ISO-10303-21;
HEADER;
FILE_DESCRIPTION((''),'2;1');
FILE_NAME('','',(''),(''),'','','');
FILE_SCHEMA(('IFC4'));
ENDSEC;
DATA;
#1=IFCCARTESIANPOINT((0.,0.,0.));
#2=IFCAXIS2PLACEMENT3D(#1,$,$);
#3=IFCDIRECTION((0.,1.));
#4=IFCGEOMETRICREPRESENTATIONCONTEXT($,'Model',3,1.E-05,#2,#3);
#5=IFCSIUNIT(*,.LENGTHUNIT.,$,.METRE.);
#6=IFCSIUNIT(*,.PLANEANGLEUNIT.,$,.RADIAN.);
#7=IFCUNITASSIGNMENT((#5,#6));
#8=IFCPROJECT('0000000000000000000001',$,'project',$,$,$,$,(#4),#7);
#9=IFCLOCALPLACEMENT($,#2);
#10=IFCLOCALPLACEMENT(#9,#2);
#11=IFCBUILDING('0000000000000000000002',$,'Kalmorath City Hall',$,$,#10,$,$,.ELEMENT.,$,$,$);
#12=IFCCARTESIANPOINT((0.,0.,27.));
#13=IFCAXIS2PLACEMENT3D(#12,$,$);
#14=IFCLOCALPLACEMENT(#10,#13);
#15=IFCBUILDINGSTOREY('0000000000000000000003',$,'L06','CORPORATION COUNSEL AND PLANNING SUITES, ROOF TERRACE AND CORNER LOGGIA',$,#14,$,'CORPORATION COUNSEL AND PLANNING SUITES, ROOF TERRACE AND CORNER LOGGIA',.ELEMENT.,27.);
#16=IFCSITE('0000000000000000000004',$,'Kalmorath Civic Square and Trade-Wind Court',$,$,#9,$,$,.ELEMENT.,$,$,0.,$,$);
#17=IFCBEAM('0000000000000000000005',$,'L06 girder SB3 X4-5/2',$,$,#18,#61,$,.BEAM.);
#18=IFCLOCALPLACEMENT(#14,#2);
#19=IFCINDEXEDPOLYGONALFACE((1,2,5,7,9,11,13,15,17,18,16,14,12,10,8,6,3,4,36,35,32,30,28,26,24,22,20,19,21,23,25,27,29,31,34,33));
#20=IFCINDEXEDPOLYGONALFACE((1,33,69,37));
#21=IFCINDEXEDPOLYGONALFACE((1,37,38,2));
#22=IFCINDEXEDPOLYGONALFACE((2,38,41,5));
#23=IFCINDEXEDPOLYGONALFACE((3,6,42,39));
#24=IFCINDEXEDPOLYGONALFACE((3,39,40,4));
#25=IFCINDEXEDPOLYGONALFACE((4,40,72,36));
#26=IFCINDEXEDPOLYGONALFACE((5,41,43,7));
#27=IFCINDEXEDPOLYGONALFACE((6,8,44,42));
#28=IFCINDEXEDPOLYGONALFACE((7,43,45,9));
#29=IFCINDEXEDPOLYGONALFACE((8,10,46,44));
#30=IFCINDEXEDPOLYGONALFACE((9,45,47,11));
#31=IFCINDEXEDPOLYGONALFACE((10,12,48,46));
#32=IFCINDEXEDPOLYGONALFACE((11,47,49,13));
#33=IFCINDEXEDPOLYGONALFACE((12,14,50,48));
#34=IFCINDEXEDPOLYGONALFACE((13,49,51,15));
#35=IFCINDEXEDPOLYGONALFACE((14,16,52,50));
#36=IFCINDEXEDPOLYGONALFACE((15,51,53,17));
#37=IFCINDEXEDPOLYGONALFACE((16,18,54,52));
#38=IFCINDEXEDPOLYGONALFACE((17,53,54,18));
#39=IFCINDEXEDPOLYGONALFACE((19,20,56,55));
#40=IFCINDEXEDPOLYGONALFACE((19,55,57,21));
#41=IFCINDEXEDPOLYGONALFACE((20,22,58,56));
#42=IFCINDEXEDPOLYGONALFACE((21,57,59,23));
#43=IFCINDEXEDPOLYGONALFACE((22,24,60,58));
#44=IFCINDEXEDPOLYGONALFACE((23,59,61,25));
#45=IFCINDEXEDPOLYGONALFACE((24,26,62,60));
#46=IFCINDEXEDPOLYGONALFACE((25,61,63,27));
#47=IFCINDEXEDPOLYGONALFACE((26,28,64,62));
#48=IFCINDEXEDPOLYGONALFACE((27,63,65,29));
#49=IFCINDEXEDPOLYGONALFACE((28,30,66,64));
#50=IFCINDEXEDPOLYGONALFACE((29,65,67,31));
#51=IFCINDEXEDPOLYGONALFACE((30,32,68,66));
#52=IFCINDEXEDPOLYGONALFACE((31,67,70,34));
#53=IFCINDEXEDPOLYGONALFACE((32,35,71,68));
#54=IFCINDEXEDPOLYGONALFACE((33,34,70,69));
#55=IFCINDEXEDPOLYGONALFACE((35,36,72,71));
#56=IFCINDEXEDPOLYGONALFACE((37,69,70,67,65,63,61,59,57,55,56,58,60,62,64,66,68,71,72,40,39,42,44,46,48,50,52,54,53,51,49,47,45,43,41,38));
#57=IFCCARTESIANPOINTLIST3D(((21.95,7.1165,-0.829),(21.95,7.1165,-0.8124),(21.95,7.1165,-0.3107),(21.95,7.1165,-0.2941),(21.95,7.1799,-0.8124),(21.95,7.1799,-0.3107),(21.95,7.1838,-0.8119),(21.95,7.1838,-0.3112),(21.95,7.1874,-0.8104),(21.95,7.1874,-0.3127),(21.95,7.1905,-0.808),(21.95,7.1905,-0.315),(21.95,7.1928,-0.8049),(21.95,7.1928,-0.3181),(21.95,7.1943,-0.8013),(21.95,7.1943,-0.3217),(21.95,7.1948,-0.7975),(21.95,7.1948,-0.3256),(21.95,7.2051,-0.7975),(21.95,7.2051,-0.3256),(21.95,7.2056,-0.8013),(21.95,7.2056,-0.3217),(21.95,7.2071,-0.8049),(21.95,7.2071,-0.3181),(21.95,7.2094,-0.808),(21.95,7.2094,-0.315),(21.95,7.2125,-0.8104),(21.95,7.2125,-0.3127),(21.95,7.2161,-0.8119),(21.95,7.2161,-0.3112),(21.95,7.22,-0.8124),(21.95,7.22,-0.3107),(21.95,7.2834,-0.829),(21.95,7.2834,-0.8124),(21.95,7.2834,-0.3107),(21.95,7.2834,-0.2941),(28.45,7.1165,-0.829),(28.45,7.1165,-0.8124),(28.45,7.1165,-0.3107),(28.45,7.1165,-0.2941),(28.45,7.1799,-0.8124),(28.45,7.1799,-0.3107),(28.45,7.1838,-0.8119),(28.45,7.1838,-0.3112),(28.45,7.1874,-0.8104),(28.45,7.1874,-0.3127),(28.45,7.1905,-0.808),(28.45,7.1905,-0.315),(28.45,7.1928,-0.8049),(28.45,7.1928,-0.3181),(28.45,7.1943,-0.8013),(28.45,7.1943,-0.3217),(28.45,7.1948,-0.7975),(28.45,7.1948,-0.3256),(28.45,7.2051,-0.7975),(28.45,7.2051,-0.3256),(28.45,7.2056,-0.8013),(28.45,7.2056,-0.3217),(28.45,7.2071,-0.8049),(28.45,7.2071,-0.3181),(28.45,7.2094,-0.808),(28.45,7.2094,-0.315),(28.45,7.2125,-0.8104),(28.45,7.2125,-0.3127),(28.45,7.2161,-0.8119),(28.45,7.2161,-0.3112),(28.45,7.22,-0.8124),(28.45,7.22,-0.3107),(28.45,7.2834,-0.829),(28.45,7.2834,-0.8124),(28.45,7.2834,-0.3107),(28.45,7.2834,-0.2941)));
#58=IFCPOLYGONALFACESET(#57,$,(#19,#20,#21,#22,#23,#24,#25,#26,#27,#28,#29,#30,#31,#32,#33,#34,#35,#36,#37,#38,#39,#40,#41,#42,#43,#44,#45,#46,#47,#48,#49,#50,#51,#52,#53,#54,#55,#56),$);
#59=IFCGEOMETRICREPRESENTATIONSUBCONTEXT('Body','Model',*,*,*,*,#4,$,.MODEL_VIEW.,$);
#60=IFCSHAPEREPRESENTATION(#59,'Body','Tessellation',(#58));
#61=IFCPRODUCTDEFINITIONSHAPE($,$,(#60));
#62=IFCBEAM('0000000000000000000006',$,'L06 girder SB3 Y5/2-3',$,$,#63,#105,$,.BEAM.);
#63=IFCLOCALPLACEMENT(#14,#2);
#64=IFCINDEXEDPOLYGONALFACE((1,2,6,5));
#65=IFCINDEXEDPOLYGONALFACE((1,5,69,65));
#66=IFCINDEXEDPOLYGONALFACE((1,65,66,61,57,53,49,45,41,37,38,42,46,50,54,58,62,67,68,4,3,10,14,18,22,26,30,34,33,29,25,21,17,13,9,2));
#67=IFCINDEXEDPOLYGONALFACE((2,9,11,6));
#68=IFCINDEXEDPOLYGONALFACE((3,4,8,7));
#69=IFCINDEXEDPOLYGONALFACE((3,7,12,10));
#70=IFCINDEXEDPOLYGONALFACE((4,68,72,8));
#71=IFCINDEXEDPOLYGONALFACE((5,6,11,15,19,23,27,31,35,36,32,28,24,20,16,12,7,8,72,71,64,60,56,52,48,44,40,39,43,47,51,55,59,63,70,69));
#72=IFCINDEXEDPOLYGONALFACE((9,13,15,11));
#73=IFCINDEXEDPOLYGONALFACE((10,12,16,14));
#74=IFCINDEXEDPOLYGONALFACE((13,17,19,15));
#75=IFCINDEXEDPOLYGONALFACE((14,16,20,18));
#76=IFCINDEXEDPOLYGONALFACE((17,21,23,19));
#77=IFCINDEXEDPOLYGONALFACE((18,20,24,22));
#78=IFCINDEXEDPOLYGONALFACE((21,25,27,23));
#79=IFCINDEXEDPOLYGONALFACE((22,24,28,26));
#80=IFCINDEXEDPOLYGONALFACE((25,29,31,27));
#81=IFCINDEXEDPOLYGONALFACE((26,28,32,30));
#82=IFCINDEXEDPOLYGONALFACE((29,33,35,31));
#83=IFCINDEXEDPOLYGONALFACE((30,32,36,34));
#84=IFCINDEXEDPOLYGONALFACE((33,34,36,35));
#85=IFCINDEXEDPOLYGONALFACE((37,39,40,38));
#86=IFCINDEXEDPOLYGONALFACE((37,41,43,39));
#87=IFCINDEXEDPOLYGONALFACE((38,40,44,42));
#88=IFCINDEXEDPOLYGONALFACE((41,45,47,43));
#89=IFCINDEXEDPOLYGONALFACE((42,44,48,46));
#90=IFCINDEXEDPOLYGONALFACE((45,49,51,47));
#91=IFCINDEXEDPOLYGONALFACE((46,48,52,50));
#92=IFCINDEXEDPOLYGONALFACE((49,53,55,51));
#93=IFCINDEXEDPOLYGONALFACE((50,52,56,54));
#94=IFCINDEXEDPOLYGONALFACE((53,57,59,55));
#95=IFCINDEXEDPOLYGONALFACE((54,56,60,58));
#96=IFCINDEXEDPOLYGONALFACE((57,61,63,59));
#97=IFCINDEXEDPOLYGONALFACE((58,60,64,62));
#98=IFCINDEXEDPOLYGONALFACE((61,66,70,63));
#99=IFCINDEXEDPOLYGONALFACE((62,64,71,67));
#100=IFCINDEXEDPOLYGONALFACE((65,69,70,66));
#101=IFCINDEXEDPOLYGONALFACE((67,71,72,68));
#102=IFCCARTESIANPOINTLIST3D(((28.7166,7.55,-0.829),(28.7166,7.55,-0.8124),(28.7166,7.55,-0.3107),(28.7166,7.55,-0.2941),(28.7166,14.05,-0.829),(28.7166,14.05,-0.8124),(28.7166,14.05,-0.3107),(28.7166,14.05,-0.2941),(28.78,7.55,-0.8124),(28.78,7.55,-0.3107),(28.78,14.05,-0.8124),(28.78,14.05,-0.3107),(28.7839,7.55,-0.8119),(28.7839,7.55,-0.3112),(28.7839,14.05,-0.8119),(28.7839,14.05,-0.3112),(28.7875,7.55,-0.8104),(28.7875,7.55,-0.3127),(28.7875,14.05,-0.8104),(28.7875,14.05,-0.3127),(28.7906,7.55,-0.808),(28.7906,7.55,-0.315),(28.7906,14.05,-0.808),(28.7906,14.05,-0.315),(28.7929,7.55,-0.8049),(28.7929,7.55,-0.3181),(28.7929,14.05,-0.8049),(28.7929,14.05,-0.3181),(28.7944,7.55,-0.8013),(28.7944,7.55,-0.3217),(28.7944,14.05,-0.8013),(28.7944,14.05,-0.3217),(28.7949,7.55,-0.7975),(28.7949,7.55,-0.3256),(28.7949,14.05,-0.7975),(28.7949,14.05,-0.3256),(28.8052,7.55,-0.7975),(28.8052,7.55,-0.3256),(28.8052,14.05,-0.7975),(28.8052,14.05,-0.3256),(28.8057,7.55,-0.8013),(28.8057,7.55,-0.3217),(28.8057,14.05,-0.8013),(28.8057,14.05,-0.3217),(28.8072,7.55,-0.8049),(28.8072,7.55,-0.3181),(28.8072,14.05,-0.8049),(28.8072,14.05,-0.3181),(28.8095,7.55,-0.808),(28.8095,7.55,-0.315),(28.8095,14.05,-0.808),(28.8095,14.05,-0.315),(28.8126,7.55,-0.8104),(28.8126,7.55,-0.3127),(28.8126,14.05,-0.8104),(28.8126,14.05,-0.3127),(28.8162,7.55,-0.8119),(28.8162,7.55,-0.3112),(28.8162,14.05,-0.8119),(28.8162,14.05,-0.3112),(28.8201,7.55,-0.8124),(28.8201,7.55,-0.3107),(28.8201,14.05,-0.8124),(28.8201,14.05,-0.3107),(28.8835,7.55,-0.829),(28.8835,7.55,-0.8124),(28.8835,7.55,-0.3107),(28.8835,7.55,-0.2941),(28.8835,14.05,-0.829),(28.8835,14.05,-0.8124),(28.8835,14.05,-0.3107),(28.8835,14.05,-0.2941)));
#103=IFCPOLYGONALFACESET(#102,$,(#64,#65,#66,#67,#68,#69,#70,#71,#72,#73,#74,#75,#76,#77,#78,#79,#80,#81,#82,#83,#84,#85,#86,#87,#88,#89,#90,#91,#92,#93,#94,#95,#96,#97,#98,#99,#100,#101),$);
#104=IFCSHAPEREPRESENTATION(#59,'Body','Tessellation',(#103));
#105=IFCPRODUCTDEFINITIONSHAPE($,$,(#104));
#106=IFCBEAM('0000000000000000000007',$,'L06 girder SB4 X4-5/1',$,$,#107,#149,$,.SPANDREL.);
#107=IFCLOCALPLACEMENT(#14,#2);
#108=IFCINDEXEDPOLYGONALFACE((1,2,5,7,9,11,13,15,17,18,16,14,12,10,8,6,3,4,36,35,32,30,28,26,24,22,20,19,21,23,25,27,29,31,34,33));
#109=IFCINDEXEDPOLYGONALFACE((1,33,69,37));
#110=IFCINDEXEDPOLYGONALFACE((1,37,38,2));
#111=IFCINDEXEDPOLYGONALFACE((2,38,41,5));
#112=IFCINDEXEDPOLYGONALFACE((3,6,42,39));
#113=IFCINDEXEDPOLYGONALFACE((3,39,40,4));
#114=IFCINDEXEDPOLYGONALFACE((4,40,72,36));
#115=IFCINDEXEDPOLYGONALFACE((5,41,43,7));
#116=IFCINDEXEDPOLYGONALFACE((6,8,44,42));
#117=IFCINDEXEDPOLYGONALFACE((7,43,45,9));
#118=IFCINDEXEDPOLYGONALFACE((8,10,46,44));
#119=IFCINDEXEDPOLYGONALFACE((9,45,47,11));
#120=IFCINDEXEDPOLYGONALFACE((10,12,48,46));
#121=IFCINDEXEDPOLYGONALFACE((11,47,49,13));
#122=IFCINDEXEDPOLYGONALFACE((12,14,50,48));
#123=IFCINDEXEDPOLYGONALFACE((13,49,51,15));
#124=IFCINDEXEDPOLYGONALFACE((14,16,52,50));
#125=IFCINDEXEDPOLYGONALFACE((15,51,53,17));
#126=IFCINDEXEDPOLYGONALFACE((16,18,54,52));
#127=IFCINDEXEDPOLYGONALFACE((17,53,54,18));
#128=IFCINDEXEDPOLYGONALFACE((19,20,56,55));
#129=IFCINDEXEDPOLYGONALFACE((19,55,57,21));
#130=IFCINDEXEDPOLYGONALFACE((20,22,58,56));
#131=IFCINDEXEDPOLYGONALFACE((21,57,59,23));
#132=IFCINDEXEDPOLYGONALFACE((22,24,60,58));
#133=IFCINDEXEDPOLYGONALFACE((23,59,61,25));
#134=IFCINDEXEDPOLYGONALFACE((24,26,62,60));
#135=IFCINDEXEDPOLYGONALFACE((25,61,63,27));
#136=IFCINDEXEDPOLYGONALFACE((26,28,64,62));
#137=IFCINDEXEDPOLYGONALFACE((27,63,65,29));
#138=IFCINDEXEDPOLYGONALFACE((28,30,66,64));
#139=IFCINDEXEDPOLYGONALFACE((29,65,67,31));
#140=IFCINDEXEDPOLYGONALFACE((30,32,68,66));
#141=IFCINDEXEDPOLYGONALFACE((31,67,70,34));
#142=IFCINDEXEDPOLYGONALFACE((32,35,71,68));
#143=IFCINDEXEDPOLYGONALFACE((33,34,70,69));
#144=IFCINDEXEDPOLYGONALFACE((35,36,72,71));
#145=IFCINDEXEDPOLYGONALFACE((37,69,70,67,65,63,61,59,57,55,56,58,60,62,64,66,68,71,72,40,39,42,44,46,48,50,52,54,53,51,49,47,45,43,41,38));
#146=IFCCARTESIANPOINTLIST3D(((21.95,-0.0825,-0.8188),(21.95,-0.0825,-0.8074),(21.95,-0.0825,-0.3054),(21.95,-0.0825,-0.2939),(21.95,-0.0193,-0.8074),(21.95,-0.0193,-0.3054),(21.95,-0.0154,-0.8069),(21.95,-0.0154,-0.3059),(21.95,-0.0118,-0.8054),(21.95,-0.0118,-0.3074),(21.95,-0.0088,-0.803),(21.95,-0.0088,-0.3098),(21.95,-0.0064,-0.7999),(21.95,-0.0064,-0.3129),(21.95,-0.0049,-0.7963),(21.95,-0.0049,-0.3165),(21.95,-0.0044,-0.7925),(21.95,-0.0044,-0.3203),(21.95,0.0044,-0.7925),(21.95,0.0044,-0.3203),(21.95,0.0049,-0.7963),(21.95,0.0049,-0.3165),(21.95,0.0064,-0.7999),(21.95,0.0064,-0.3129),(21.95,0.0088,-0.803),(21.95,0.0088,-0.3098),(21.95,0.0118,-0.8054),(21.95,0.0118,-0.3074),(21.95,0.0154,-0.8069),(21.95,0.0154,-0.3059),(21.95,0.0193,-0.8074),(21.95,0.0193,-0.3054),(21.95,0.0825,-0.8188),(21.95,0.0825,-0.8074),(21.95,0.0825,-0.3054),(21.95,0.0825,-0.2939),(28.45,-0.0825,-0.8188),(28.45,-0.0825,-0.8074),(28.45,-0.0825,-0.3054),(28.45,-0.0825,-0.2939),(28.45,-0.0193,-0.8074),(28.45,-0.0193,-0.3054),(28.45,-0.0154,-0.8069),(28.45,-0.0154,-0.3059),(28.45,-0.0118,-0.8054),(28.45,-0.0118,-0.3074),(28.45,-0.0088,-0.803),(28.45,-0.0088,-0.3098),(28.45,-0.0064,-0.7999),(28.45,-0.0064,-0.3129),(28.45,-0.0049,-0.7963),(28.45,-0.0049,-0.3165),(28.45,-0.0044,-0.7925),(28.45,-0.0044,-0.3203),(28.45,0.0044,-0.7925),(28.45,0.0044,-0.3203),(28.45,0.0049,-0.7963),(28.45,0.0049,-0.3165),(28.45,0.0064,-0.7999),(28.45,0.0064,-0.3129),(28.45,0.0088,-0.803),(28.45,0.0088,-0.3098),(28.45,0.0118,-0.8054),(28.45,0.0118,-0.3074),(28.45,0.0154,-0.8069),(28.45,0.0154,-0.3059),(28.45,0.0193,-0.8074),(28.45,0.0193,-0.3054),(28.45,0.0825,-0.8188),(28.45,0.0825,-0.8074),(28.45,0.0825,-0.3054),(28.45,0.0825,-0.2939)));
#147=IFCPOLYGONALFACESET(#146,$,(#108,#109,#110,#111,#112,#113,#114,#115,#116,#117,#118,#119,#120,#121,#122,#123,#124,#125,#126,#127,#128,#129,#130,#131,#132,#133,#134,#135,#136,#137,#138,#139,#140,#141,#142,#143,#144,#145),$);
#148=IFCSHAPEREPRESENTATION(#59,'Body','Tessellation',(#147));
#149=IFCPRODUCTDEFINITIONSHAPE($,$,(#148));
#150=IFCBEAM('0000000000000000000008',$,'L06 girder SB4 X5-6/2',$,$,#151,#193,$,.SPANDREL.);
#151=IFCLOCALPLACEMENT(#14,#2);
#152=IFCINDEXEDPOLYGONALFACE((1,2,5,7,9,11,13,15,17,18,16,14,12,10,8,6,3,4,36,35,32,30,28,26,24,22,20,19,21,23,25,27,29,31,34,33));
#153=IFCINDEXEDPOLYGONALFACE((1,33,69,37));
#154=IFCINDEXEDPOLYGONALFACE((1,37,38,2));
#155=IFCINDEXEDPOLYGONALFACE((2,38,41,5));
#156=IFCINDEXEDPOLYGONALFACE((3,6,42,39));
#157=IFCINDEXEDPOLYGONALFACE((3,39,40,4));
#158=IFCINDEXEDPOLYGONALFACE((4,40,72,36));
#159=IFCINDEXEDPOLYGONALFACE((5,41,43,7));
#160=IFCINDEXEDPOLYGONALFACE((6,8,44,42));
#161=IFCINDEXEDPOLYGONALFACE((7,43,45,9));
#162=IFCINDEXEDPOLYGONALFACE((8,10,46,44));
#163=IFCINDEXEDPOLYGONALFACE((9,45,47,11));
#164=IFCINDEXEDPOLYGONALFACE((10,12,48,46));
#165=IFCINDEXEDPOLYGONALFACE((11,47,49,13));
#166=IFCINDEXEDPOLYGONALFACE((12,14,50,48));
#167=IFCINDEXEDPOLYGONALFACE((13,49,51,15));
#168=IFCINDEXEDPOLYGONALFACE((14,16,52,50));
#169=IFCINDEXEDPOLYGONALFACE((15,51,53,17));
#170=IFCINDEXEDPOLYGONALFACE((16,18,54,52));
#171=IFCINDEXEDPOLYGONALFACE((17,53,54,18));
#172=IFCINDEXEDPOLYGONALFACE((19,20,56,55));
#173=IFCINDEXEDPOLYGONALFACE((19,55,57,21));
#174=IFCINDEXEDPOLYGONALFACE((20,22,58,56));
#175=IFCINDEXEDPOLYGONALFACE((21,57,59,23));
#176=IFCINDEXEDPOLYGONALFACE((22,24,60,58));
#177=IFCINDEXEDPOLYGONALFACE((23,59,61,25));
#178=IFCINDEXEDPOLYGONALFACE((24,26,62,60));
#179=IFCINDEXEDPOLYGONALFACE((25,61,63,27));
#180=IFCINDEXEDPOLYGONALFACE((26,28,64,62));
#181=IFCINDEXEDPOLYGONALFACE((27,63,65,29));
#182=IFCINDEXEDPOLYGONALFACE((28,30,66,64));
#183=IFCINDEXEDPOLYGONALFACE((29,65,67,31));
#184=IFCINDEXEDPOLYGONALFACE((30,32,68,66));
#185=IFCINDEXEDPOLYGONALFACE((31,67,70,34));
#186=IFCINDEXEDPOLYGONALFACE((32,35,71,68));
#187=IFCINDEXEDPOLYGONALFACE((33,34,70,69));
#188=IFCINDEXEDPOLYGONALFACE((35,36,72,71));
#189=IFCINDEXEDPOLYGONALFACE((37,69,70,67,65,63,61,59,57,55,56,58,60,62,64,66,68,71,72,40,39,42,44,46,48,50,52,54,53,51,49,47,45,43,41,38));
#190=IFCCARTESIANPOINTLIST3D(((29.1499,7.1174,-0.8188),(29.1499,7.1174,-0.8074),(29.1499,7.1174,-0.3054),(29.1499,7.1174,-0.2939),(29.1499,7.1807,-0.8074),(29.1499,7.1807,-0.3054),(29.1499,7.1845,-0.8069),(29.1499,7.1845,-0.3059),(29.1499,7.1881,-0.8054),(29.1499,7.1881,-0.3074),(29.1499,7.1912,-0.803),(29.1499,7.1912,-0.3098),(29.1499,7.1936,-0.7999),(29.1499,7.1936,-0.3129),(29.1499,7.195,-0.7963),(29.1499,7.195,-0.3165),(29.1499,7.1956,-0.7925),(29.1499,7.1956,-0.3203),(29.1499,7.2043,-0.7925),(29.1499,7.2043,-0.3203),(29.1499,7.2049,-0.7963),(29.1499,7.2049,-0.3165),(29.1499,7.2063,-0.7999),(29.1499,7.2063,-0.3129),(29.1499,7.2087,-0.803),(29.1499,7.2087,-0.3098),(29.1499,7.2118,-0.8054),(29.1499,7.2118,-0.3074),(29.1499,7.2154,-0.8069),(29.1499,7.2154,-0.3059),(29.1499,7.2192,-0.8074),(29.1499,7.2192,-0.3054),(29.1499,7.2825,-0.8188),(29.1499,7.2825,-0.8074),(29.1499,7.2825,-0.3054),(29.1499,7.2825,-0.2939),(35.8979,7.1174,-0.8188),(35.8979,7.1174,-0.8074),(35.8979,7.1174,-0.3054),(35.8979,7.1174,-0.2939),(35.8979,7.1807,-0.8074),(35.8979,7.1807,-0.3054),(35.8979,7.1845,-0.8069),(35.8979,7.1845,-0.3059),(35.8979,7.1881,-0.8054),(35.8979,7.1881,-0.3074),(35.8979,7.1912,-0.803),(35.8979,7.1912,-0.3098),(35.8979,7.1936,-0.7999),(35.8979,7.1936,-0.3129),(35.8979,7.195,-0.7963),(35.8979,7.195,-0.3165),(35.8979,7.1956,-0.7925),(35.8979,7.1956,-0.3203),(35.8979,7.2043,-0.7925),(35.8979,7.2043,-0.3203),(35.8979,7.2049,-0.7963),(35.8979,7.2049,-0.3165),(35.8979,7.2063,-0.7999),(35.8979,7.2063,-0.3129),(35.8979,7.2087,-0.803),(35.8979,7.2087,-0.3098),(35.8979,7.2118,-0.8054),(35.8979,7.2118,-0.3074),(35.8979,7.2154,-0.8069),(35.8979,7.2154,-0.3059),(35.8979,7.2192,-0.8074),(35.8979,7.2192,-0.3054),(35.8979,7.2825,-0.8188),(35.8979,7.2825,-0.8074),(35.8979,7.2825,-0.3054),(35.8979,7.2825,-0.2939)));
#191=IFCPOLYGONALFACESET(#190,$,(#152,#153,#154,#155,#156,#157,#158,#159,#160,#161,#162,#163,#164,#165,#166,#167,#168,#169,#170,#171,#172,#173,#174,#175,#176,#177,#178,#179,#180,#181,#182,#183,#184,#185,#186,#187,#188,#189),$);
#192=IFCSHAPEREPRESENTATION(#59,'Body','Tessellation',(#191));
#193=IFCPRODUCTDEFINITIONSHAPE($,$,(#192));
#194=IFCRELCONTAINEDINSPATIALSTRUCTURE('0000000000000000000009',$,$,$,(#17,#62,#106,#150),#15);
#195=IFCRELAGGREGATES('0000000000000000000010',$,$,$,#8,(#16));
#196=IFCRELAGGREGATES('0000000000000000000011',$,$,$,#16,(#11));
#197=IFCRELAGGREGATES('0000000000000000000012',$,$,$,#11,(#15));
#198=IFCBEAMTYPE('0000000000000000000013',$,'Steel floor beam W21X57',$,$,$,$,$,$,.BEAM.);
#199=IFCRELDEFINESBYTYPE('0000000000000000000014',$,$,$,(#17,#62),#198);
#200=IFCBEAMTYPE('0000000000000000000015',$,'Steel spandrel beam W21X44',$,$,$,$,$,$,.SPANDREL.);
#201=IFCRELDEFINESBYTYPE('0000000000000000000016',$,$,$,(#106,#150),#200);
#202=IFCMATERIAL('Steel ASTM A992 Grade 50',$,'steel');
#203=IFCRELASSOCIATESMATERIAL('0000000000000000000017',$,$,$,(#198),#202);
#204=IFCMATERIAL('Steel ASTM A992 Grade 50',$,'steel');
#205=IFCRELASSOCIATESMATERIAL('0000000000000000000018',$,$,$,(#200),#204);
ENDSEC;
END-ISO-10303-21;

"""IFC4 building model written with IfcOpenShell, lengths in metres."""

from ifc_helpers import new_model, si_unit, direction, frame, origin, origin_2d, place, context, subcontext, project, spatial, i_section, extrude, material, material_profile, profile_set, type_object, element, save


model = new_model("IFC4")

# Units and contexts
model_context = context("Model", 3, precision=1e-05, world=origin(), true_north=direction((0.0, 1.0)))
body_context = subcontext(model_context, "Body", "Model", "MODEL_VIEW")
ifc_project = project(units=[si_unit("LENGTHUNIT", "METRE"), si_unit("PLANEANGLEUNIT", "RADIAN")], contexts=[model_context])

# Site, building, storey
site_placement = place(None, origin())
site = spatial("IfcSite", under=ifc_project, at=site_placement, Name="Kalmorath Civic Square and Trade-Wind Court", CompositionType="ELEMENT", RefElevation=0.0)
building_placement = place(site_placement, origin())
building = spatial("IfcBuilding", under=site, at=building_placement, Name="Kalmorath City Hall", CompositionType="ELEMENT")
storey_placement = place(building_placement, frame((0.0, 0.0, 27.0)))
storey = spatial("IfcBuildingStorey", under=building, at=storey_placement, Name="L06", Description="CORPORATION COUNSEL AND PLANNING SUITES, ROOF TERRACE AND CORNER LOGGIA", LongName="CORPORATION COUNSEL AND PLANNING SUITES, ROOF TERRACE AND CORNER LOGGIA", CompositionType="ELEMENT", Elevation=27.0)

# Beams
ifc_material_1 = material(Name="Steel ASTM A992 Grade 50", Category="steel")
ifc_material_profile_1 = material_profile(ifc_material_1, i_section(OverallWidth=0.167, OverallDepth=0.5349, WebThickness=0.0103, FlangeThickness=0.0166, FilletRadius=0.0149, at=origin_2d()), Name="W21X57")
ifc_profile_set_1 = profile_set([ifc_material_profile_1], Name="Steel ASTM A992 Grade 50")
beam_type_1 = type_object("IfcBeamType", Name="Steel floor beam W21X57", PredefinedType="BEAM", material=ifc_profile_set_1)
for number, where, z_axis, x_axis, name in (
    (1, (21.95, 7.2, -0.5615), (1.0, 0.0, 0.0), (0.0, 1.0, 0.0), "L06 girder SB3 X4-5/2"),
    (2, (28.8, 7.55, -0.5615), (0.0, 1.0, 0.0), (-1.0, 0.0, 0.0), "L06 girder SB3 Y5/2-3"),
):
    element("IfcBeam", number, at=place(storey_placement, frame(where, z_axis=z_axis, x_axis=x_axis)), inside=storey, type_object=beam_type_1, Name=name, PredefinedType="BEAM", context=body_context, shape_type="SweptSolid", body=[
        extrude(i_section(OverallWidth=0.167, OverallDepth=0.5349, WebThickness=0.0103, FlangeThickness=0.0166, FilletRadius=0.0149, at=origin_2d()), origin(), (0.0, 0.0, 1.0), 6.5),
    ])
ifc_material_2 = material(Name="Steel ASTM A992 Grade 50", Category="steel")
ifc_material_profile_2 = material_profile(ifc_material_2, i_section(OverallWidth=0.165, OverallDepth=0.5249, WebThickness=0.0088, FlangeThickness=0.0115, FilletRadius=0.0149, at=origin_2d()), Name="W21X44")
ifc_profile_set_2 = profile_set([ifc_material_profile_2], Name="Steel ASTM A992 Grade 50")
beam_type_2 = type_object("IfcBeamType", Name="Steel spandrel beam W21X44", PredefinedType="SPANDREL", material=ifc_profile_set_2)
beam_1_placement = place(storey_placement, frame((21.95, 0.0, -0.5564), z_axis=(1.0, 0.0, 0.0), x_axis=(0.0, 1.0, 0.0)))
element("IfcBeam", 3, at=beam_1_placement, inside=storey, type_object=beam_type_2, Name="L06 girder SB4 X4-5/1", PredefinedType="SPANDREL", context=body_context, shape_type="SweptSolid", body=[
    extrude(i_section(OverallWidth=0.165, OverallDepth=0.5249, WebThickness=0.0088, FlangeThickness=0.0115, FilletRadius=0.0149, at=origin_2d()), origin(), (0.0, 0.0, 1.0), 6.5),
])
beam_2_placement = place(storey_placement, frame((29.1499, 7.2, -0.5564), z_axis=(1.0, 0.0, 0.0), x_axis=(0.0, 1.0, 0.0)))
element("IfcBeam", 4, at=beam_2_placement, inside=storey, type_object=beam_type_2, Name="L06 girder SB4 X5-6/2", PredefinedType="SPANDREL", context=body_context, shape_type="SweptSolid", body=[
    extrude(i_section(OverallWidth=0.165, OverallDepth=0.5249, WebThickness=0.0088, FlangeThickness=0.0115, FilletRadius=0.0149, at=origin_2d()), origin(), (0.0, 0.0, 1.0), 6.748),
])

save(model, "model.ifc")
